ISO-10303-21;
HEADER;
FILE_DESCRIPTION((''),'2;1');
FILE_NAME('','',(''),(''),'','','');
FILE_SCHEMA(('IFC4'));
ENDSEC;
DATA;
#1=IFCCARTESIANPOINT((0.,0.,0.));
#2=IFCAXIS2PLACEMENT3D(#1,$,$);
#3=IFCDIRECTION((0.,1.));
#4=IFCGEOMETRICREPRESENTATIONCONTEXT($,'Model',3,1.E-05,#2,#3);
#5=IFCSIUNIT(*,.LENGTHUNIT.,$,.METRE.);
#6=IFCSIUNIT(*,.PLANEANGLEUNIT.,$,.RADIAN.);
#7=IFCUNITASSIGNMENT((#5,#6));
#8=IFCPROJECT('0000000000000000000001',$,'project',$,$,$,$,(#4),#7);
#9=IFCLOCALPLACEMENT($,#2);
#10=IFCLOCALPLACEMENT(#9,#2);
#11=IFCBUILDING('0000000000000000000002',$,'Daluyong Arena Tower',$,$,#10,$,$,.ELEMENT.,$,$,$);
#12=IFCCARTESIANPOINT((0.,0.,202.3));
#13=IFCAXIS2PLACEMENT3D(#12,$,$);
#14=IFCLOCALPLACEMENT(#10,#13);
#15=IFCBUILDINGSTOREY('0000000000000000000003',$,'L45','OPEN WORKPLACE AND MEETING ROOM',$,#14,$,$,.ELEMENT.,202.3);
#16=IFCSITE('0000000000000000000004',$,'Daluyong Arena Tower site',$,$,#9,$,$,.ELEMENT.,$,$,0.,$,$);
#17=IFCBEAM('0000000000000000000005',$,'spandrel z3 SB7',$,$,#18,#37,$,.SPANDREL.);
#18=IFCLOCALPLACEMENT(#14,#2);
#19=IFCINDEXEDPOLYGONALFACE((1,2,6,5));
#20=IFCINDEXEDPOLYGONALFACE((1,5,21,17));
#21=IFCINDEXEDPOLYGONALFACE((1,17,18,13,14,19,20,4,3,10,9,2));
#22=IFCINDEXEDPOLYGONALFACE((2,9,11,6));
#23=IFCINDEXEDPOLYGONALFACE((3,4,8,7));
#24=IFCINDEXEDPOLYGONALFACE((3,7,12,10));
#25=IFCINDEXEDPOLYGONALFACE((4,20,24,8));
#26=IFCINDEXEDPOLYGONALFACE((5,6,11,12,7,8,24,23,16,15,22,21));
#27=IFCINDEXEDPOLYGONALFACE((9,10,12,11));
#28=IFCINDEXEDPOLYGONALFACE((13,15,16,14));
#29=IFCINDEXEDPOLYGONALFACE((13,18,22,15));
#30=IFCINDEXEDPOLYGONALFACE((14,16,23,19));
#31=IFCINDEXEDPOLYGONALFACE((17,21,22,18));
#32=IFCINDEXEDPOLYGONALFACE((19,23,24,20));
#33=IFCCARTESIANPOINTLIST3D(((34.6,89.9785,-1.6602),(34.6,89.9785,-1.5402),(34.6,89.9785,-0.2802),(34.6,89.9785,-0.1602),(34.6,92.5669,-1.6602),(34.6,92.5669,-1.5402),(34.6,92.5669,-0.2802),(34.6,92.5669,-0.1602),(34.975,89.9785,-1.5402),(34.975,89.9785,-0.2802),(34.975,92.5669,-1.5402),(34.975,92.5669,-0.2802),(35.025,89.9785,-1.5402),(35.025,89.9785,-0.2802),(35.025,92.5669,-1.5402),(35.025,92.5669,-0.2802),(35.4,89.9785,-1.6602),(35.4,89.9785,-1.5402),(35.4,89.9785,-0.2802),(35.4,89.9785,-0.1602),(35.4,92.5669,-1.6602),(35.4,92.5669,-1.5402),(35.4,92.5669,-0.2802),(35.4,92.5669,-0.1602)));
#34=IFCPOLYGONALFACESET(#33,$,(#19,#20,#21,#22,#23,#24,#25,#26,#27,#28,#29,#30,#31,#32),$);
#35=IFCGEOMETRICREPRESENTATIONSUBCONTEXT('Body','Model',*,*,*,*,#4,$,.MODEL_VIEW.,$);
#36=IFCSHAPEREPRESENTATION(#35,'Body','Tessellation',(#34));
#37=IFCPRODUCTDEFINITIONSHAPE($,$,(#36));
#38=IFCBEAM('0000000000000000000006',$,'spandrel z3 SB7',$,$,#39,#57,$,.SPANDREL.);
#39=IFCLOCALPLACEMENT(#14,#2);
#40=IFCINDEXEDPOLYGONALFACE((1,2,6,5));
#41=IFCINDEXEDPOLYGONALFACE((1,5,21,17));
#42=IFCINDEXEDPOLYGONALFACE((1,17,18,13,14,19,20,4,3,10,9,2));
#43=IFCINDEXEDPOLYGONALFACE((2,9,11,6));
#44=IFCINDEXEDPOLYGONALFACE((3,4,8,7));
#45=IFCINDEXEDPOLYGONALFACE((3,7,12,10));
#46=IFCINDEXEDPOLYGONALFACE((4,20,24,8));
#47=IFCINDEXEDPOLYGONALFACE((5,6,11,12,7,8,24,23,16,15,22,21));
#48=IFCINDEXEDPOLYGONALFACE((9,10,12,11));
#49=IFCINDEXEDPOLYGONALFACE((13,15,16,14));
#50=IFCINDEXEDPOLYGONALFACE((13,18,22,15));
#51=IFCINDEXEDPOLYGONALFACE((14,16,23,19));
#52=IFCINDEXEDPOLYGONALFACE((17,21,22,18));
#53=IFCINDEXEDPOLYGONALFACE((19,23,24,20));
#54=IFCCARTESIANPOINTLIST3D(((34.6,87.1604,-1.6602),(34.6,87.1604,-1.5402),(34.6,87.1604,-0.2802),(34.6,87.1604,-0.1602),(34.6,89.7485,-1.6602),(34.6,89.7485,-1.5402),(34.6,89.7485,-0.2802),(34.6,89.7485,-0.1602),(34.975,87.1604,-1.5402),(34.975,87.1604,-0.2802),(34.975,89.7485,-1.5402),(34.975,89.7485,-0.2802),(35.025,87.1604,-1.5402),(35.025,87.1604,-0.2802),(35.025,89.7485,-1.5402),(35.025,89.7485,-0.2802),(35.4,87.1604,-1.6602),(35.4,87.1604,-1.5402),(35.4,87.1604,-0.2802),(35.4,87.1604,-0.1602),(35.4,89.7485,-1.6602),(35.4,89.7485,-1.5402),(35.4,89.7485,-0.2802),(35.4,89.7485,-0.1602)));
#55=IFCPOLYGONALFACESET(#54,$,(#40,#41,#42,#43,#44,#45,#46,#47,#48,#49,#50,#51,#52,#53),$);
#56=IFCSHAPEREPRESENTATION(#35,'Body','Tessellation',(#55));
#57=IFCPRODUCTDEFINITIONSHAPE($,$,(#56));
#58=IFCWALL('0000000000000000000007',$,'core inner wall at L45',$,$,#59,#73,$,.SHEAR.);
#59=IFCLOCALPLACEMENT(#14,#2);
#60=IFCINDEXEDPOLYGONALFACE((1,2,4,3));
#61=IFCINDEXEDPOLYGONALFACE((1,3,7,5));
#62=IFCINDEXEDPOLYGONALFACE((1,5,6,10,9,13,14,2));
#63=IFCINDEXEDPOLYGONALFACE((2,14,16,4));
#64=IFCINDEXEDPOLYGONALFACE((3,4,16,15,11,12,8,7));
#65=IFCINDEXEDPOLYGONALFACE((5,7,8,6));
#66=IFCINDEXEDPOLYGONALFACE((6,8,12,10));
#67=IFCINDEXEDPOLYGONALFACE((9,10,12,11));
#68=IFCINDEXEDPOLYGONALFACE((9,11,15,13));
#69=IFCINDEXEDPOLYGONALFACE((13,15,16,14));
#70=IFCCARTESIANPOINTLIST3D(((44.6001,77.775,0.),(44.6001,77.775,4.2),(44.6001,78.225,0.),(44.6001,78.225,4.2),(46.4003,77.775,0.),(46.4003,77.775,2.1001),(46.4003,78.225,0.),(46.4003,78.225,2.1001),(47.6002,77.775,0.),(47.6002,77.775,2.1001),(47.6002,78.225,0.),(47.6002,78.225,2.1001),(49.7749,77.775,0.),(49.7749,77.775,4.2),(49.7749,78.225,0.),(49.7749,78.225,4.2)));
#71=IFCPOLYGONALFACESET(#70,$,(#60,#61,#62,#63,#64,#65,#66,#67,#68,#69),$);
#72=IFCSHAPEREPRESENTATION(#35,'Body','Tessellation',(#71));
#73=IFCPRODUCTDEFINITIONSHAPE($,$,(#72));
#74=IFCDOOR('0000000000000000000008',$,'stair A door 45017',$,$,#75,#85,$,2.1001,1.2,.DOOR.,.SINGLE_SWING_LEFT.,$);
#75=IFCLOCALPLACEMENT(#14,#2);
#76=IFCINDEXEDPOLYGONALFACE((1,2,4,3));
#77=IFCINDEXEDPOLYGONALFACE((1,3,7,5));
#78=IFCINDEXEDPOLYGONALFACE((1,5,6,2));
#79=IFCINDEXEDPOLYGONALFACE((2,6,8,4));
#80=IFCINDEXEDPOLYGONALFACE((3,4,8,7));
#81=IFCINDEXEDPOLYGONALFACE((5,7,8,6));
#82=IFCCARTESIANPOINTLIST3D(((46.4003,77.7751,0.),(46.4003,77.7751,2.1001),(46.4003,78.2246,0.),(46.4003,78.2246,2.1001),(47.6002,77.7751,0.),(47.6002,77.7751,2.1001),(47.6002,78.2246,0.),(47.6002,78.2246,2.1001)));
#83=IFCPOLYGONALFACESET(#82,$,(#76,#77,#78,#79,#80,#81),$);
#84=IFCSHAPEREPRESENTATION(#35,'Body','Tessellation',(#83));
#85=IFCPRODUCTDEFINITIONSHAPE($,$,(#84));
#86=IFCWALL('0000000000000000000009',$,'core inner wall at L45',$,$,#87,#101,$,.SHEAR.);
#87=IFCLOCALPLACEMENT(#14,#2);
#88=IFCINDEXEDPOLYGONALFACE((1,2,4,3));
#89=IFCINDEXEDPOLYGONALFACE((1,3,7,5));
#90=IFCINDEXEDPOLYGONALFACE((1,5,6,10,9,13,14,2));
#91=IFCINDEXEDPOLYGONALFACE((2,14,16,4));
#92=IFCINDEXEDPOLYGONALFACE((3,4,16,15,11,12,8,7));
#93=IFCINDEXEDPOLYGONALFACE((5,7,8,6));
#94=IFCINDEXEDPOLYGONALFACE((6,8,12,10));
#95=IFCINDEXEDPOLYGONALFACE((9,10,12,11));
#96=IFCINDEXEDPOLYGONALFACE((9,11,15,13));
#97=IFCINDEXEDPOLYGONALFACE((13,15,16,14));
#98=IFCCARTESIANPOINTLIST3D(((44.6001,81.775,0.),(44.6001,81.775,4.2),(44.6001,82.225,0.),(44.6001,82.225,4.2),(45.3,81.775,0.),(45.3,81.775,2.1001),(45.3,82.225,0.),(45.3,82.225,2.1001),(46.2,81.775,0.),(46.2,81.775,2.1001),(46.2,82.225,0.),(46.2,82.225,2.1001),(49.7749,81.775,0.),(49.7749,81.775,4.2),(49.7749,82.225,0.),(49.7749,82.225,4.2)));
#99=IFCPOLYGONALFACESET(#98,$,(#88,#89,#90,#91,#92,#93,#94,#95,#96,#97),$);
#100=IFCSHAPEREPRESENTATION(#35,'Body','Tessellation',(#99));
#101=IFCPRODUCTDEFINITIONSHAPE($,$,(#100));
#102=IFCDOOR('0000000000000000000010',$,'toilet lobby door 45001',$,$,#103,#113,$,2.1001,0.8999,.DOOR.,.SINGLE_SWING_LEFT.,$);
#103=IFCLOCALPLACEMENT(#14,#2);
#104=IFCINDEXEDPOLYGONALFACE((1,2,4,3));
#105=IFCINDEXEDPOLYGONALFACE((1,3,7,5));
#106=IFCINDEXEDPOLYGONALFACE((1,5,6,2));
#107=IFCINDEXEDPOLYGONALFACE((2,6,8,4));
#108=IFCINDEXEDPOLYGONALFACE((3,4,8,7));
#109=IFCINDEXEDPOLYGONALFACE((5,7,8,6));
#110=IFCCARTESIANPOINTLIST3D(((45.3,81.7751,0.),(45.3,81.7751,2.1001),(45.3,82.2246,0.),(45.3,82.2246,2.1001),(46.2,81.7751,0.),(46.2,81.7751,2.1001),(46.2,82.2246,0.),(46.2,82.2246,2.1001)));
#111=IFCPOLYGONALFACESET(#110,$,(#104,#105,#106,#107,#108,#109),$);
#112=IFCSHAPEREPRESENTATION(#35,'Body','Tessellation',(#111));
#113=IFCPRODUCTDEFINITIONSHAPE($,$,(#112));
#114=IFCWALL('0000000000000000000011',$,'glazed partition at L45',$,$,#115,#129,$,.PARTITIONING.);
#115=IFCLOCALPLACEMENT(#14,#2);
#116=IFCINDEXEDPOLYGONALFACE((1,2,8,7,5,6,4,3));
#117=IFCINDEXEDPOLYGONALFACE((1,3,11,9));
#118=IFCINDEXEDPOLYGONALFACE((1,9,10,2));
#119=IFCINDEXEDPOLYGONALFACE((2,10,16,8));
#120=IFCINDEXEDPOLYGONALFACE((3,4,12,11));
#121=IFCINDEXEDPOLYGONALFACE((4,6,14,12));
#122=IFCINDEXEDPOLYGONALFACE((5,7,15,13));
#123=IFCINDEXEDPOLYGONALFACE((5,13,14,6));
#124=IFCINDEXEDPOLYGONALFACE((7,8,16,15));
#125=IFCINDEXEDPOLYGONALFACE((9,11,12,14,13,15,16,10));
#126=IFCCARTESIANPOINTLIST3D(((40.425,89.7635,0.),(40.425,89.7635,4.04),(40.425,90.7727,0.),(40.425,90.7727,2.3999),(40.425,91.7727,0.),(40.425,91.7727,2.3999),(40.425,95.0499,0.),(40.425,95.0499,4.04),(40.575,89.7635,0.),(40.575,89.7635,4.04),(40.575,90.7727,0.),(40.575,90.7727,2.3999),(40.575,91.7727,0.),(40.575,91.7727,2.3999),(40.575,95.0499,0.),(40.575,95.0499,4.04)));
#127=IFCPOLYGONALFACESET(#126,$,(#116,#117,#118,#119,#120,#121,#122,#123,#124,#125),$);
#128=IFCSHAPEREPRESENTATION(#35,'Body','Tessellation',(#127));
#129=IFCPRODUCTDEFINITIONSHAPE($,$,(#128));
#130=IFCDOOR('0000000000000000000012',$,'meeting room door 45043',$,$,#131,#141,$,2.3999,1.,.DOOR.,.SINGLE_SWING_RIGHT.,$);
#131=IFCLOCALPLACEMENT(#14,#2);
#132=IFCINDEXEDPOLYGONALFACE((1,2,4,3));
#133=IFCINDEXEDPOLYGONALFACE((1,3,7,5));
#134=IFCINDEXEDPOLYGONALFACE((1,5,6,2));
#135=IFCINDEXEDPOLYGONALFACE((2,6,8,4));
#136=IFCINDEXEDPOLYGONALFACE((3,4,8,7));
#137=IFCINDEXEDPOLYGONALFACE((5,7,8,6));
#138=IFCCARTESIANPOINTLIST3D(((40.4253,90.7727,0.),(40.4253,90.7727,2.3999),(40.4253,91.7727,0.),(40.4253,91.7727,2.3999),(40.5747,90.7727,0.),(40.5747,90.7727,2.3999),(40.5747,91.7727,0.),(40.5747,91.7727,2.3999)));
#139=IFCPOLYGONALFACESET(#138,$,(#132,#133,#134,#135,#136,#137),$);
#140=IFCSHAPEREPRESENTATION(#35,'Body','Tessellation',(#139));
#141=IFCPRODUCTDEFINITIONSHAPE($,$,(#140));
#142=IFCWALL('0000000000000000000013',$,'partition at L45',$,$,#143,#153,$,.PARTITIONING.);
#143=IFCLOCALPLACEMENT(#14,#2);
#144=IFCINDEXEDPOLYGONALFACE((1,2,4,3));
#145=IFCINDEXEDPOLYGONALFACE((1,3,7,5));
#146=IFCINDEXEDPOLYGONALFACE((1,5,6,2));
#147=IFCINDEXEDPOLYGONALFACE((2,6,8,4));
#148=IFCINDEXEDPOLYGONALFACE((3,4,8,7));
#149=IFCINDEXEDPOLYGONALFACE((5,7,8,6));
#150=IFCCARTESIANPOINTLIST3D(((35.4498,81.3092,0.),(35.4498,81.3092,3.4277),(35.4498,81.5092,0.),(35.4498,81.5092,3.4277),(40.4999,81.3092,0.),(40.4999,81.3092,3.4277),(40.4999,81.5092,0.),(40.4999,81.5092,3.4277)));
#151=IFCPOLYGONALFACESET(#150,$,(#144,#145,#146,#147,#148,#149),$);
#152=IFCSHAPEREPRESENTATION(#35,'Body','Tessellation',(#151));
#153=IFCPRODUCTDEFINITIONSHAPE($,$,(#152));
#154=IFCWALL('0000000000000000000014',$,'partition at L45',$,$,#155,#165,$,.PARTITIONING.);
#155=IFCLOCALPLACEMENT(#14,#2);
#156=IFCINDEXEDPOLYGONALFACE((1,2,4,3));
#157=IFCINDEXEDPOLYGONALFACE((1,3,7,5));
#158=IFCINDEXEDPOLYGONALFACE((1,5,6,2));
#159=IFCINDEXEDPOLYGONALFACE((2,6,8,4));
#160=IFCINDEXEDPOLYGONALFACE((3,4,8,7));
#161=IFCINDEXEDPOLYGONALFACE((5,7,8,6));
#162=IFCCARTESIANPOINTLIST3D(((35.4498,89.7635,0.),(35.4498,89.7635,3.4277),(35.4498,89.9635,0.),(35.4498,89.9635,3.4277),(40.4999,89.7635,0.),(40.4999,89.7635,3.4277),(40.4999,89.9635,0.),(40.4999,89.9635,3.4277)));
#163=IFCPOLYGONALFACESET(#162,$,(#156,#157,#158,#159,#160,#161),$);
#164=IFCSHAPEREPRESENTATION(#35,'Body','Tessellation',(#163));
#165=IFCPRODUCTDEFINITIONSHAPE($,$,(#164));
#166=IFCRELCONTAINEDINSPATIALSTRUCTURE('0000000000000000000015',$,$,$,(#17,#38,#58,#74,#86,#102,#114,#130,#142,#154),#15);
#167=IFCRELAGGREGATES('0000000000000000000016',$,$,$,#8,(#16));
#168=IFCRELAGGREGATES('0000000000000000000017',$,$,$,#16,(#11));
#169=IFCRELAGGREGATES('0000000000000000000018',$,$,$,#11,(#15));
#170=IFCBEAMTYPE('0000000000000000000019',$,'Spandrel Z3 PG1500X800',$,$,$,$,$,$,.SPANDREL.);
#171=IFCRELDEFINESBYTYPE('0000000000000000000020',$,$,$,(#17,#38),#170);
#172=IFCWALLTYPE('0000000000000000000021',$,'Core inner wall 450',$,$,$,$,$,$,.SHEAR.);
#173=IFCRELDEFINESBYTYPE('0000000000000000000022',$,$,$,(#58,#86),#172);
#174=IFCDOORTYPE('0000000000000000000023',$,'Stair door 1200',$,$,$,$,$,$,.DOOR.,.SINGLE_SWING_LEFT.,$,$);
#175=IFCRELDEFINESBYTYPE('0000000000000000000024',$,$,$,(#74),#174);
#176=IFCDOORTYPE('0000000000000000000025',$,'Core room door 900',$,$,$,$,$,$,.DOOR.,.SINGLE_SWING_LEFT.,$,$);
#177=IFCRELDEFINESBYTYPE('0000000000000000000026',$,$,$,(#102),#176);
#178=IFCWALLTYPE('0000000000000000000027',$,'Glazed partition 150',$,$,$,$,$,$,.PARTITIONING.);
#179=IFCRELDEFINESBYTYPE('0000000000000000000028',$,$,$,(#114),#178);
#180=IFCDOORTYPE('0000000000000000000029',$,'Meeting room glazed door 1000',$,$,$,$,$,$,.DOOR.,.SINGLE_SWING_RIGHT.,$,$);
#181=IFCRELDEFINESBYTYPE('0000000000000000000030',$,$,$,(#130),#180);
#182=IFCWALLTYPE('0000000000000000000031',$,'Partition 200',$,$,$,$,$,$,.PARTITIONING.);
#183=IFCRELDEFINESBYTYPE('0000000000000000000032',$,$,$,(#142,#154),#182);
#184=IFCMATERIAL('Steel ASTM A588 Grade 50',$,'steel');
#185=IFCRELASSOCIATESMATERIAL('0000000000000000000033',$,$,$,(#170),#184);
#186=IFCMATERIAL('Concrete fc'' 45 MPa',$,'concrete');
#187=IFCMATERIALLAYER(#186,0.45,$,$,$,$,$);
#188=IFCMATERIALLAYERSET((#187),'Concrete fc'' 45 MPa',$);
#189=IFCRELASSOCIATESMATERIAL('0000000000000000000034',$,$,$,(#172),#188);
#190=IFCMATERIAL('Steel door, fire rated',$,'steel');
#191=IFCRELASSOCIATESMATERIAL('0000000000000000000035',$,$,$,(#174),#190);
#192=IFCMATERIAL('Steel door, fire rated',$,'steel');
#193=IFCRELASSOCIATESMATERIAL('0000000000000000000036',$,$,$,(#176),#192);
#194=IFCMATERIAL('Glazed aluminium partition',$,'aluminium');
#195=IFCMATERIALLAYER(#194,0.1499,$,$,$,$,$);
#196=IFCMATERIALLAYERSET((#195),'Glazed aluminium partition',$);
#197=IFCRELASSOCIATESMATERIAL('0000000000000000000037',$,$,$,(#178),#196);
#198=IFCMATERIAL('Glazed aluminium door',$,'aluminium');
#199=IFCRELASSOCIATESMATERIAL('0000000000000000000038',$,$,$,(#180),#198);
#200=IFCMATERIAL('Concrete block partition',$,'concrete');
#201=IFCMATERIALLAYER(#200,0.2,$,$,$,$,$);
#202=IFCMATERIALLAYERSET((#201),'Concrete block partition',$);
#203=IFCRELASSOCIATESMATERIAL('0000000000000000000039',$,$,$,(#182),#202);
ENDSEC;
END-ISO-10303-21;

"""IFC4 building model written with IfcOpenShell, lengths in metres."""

from ifc_helpers import new_model, si_unit, direction, frame, frame_2d, origin, origin_2d, place, context, subcontext, project, spatial, rectangle, i_section, extrude, material, layer, layer_set, material_profile, profile_set, type_object, element, fill, save


model = new_model("IFC4")

# Units and contexts
model_context = context("Model", 3, precision=1e-05, world=origin(), true_north=direction((0.0, 1.0)))
body_context = subcontext(model_context, "Body", "Model", "MODEL_VIEW")
ifc_project = project(units=[si_unit("LENGTHUNIT", "METRE"), si_unit("PLANEANGLEUNIT", "RADIAN")], contexts=[model_context])

# Site, building, storey
site_placement = place(None, origin())
site = spatial("IfcSite", under=ifc_project, at=site_placement, Name="Daluyong Arena Tower site", CompositionType="ELEMENT", RefElevation=0.0)
building_placement = place(site_placement, origin())
building = spatial("IfcBuilding", under=site, at=building_placement, Name="Daluyong Arena Tower", CompositionType="ELEMENT")
storey_placement = place(building_placement, frame((0.0, 0.0, 202.3)))
storey = spatial("IfcBuildingStorey", under=building, at=storey_placement, Name="L45", Description="OPEN WORKPLACE AND MEETING ROOM", CompositionType="ELEMENT", Elevation=202.3)

# Beams
ifc_material_1 = material(Name="Steel ASTM A588 Grade 50", Category="steel")
ifc_material_profile_1 = material_profile(ifc_material_1, i_section(OverallWidth=0.8, OverallDepth=1.5, WebThickness=0.05, FlangeThickness=0.12, at=origin_2d()))
ifc_profile_set_1 = profile_set([ifc_material_profile_1], Name="Steel ASTM A588 Grade 50")
beam_type_1 = type_object("IfcBeamType", Name="Spandrel Z3 PG1500X800", PredefinedType="SPANDREL", material=ifc_profile_set_1)
beam_1_placement = place(storey_placement, frame((35.0, 92.5669, -0.9102), z_axis=(0.0, -1.0, 0.0), x_axis=(1.0, 0.0, 0.0)))
element("IfcBeam", 1, at=beam_1_placement, inside=storey, type_object=beam_type_1, Name="spandrel z3 SB7", PredefinedType="SPANDREL", context=body_context, shape_type="SweptSolid", body=[
    extrude(i_section(OverallWidth=0.8, OverallDepth=1.5, WebThickness=0.05, FlangeThickness=0.12, at=origin_2d()), origin(), (0.0, 0.0, 1.0), 2.5884),
])
beam_2_placement = place(storey_placement, frame((35.0, 89.7485, -0.9102), z_axis=(0.0, -1.0, 0.0), x_axis=(1.0, 0.0, 0.0)))
element("IfcBeam", 2, at=beam_2_placement, inside=storey, type_object=beam_type_1, Name="spandrel z3 SB7", PredefinedType="SPANDREL", context=body_context, shape_type="SweptSolid", body=[
    extrude(i_section(OverallWidth=0.8, OverallDepth=1.5, WebThickness=0.05, FlangeThickness=0.12, at=origin_2d()), origin(), (0.0, 0.0, 1.0), 2.5881),
])

# Walls, openings, doors
ifc_material_2 = material(Name="Concrete fc' 45 MPa", Category="concrete")
ifc_layer_1 = layer(ifc_material_2, 0.45)
ifc_layer_set_1 = layer_set([ifc_layer_1], Name="Concrete fc' 45 MPa")
wall_type_1 = type_object("IfcWallType", Name="Core inner wall 450", PredefinedType="SHEAR", material=ifc_layer_set_1)
wall_1_placement = place(storey_placement, frame((44.6001, 78.0, 0.0), z_axis=(0.0, 0.0, 1.0), x_axis=(1.0, 0.0, 0.0)))
wall_1 = element("IfcWall", 3, at=wall_1_placement, inside=storey, type_object=wall_type_1, Name="core inner wall at L45", PredefinedType="SHEAR", context=body_context, shape_type="SweptSolid", body=[
    extrude(rectangle(XDim=5.1748, YDim=0.45, at=frame_2d((2.5874, 0.0))), origin(), (0.0, 0.0, 1.0), 4.2),
])
opening_1_placement = place(wall_1_placement, frame((1.8, 0.0, 0.0)))
opening_1 = element("IfcOpeningElement", 4, at=opening_1_placement, cuts=wall_1, PredefinedType="OPENING", context=body_context, shape_type="SweptSolid", body=[
    extrude(rectangle(XDim=1.2, YDim=2.1001, at=frame_2d((0.6001, 1.05))), frame((0.0, 0.2349, 0.0), z_axis=(0.0, -1.0, 0.0), x_axis=(1.0, 0.0, 0.0)), (0.0, 0.0, 1.0), 0.47),
])
ifc_material_3 = material(Name="Steel door, fire rated", Category="steel")
door_type_1 = type_object("IfcDoorType", Name="Stair door 1200", OperationType="SINGLE_SWING_LEFT", PredefinedType="DOOR", material=ifc_material_3)
door_1_placement = place(opening_1_placement, origin())
door_1 = element("IfcDoor", 5, at=door_1_placement, inside=storey, type_object=door_type_1, Name="stair A door 45017", OperationType="SINGLE_SWING_LEFT", OverallHeight=2.1001, OverallWidth=1.2, PredefinedType="DOOR", context=body_context, shape_type="SweptSolid", body=[
    extrude(rectangle(XDim=1.2, YDim=2.1001, at=frame_2d((0.6001, 1.05))), frame((0.0, 0.2246, 0.0), z_axis=(0.0, -1.0, 0.0), x_axis=(1.0, 0.0, 0.0)), (0.0, 0.0, 1.0), 0.4495),
])
fill(opening_1, door_1)
wall_2_placement = place(storey_placement, frame((44.6001, 82.0, 0.0), z_axis=(0.0, 0.0, 1.0), x_axis=(1.0, 0.0, 0.0)))
wall_2 = element("IfcWall", 6, at=wall_2_placement, inside=storey, type_object=wall_type_1, Name="core inner wall at L45", PredefinedType="SHEAR", context=body_context, shape_type="SweptSolid", body=[
    extrude(rectangle(XDim=5.1748, YDim=0.45, at=frame_2d((2.5874, 0.0))), origin(), (0.0, 0.0, 1.0), 4.2),
])
opening_2_placement = place(wall_2_placement, frame((0.7, 0.0, 0.0)))
opening_2 = element("IfcOpeningElement", 7, at=opening_2_placement, cuts=wall_2, PredefinedType="OPENING", context=body_context, shape_type="SweptSolid", body=[
    extrude(rectangle(XDim=0.8999, YDim=2.1001, at=frame_2d((0.45, 1.05))), frame((0.0, 0.2349, 0.0), z_axis=(0.0, -1.0, 0.0), x_axis=(1.0, 0.0, 0.0)), (0.0, 0.0, 1.0), 0.47),
])
ifc_material_4 = material(Name="Steel door, fire rated", Category="steel")
door_type_2 = type_object("IfcDoorType", Name="Core room door 900", OperationType="SINGLE_SWING_LEFT", PredefinedType="DOOR", material=ifc_material_4)
door_2_placement = place(opening_2_placement, origin())
door_2 = element("IfcDoor", 8, at=door_2_placement, inside=storey, type_object=door_type_2, Name="toilet lobby door 45001", OperationType="SINGLE_SWING_LEFT", OverallHeight=2.1001, OverallWidth=0.8999, PredefinedType="DOOR", context=body_context, shape_type="SweptSolid", body=[
    extrude(rectangle(XDim=0.8999, YDim=2.1001, at=frame_2d((0.45, 1.05))), frame((0.0, 0.2246, 0.0), z_axis=(0.0, -1.0, 0.0), x_axis=(1.0, 0.0, 0.0)), (0.0, 0.0, 1.0), 0.4495),
])
fill(opening_2, door_2)
ifc_material_5 = material(Name="Glazed aluminium partition", Category="aluminium")
ifc_layer_2 = layer(ifc_material_5, 0.1499)
ifc_layer_set_2 = layer_set([ifc_layer_2], Name="Glazed aluminium partition")
wall_type_2 = type_object("IfcWallType", Name="Glazed partition 150", PredefinedType="PARTITIONING", material=ifc_layer_set_2)
wall_3_placement = place(storey_placement, frame((40.5, 89.7637, 0.0), z_axis=(0.0, 0.0, 1.0), x_axis=(0.0, 1.0, 0.0)))
wall_3 = element("IfcWall", 9, at=wall_3_placement, inside=storey, type_object=wall_type_2, Name="glazed partition at L45", PredefinedType="PARTITIONING", context=body_context, shape_type="SweptSolid", body=[
    extrude(rectangle(XDim=5.2864, YDim=0.1499, at=frame_2d((2.6431, 0.0))), origin(), (0.0, 0.0, 1.0), 4.04),
])
opening_3_placement = place(wall_3_placement, frame((1.009, 0.0, 0.0)))
opening_3 = element("IfcOpeningElement", 10, at=opening_3_placement, cuts=wall_3, PredefinedType="OPENING", context=body_context, shape_type="SweptSolid", body=[
    extrude(rectangle(XDim=1.0, YDim=2.3999, at=frame_2d((0.5, 1.2))), frame((0.0, 0.085, 0.0), z_axis=(0.0, -1.0, 0.0), x_axis=(1.0, 0.0, 0.0)), (0.0, 0.0, 1.0), 0.1699),
])
ifc_material_6 = material(Name="Glazed aluminium door", Category="aluminium")
door_type_3 = type_object("IfcDoorType", Name="Meeting room glazed door 1000", OperationType="SINGLE_SWING_RIGHT", PredefinedType="DOOR", material=ifc_material_6)
door_3_placement = place(opening_3_placement, origin())
door_3 = element("IfcDoor", 11, at=door_3_placement, inside=storey, type_object=door_type_3, Name="meeting room door 45043", OperationType="SINGLE_SWING_RIGHT", OverallHeight=2.3999, OverallWidth=1.0, PredefinedType="DOOR", context=body_context, shape_type="SweptSolid", body=[
    extrude(rectangle(XDim=1.0, YDim=2.3999, at=frame_2d((0.5, 1.2))), frame((0.0, 0.0747, 0.0), z_axis=(0.0, -1.0, 0.0), x_axis=(1.0, 0.0, 0.0)), (0.0, 0.0, 1.0), 0.1494),
])
fill(opening_3, door_3)

# Walls
ifc_material_7 = material(Name="Concrete block partition", Category="concrete")
ifc_layer_3 = layer(ifc_material_7, 0.2)
ifc_layer_set_3 = layer_set([ifc_layer_3], Name="Concrete block partition")
wall_type_3 = type_object("IfcWallType", Name="Partition 200", PredefinedType="PARTITIONING", material=ifc_layer_set_3)
for number, where, z_axis, x_axis, name in (
    (12, (35.45, 81.4092, 0.0), (0.0, 0.0, 1.0), (1.0, 0.0, 0.0), "partition at L45"),
    (13, (35.45, 89.8635, 0.0), (0.0, 0.0, 1.0), (1.0, 0.0, 0.0), "partition at L45"),
):
    element("IfcWall", number, at=place(storey_placement, frame(where, z_axis=z_axis, x_axis=x_axis)), inside=storey, type_object=wall_type_3, Name=name, PredefinedType="PARTITIONING", context=body_context, shape_type="SweptSolid", body=[
        extrude(rectangle(XDim=5.05, YDim=0.2, at=frame_2d((2.5249, 0.0))), origin(), (0.0, 0.0, 1.0), 3.4277),
    ])

save(model, "model.ifc")
